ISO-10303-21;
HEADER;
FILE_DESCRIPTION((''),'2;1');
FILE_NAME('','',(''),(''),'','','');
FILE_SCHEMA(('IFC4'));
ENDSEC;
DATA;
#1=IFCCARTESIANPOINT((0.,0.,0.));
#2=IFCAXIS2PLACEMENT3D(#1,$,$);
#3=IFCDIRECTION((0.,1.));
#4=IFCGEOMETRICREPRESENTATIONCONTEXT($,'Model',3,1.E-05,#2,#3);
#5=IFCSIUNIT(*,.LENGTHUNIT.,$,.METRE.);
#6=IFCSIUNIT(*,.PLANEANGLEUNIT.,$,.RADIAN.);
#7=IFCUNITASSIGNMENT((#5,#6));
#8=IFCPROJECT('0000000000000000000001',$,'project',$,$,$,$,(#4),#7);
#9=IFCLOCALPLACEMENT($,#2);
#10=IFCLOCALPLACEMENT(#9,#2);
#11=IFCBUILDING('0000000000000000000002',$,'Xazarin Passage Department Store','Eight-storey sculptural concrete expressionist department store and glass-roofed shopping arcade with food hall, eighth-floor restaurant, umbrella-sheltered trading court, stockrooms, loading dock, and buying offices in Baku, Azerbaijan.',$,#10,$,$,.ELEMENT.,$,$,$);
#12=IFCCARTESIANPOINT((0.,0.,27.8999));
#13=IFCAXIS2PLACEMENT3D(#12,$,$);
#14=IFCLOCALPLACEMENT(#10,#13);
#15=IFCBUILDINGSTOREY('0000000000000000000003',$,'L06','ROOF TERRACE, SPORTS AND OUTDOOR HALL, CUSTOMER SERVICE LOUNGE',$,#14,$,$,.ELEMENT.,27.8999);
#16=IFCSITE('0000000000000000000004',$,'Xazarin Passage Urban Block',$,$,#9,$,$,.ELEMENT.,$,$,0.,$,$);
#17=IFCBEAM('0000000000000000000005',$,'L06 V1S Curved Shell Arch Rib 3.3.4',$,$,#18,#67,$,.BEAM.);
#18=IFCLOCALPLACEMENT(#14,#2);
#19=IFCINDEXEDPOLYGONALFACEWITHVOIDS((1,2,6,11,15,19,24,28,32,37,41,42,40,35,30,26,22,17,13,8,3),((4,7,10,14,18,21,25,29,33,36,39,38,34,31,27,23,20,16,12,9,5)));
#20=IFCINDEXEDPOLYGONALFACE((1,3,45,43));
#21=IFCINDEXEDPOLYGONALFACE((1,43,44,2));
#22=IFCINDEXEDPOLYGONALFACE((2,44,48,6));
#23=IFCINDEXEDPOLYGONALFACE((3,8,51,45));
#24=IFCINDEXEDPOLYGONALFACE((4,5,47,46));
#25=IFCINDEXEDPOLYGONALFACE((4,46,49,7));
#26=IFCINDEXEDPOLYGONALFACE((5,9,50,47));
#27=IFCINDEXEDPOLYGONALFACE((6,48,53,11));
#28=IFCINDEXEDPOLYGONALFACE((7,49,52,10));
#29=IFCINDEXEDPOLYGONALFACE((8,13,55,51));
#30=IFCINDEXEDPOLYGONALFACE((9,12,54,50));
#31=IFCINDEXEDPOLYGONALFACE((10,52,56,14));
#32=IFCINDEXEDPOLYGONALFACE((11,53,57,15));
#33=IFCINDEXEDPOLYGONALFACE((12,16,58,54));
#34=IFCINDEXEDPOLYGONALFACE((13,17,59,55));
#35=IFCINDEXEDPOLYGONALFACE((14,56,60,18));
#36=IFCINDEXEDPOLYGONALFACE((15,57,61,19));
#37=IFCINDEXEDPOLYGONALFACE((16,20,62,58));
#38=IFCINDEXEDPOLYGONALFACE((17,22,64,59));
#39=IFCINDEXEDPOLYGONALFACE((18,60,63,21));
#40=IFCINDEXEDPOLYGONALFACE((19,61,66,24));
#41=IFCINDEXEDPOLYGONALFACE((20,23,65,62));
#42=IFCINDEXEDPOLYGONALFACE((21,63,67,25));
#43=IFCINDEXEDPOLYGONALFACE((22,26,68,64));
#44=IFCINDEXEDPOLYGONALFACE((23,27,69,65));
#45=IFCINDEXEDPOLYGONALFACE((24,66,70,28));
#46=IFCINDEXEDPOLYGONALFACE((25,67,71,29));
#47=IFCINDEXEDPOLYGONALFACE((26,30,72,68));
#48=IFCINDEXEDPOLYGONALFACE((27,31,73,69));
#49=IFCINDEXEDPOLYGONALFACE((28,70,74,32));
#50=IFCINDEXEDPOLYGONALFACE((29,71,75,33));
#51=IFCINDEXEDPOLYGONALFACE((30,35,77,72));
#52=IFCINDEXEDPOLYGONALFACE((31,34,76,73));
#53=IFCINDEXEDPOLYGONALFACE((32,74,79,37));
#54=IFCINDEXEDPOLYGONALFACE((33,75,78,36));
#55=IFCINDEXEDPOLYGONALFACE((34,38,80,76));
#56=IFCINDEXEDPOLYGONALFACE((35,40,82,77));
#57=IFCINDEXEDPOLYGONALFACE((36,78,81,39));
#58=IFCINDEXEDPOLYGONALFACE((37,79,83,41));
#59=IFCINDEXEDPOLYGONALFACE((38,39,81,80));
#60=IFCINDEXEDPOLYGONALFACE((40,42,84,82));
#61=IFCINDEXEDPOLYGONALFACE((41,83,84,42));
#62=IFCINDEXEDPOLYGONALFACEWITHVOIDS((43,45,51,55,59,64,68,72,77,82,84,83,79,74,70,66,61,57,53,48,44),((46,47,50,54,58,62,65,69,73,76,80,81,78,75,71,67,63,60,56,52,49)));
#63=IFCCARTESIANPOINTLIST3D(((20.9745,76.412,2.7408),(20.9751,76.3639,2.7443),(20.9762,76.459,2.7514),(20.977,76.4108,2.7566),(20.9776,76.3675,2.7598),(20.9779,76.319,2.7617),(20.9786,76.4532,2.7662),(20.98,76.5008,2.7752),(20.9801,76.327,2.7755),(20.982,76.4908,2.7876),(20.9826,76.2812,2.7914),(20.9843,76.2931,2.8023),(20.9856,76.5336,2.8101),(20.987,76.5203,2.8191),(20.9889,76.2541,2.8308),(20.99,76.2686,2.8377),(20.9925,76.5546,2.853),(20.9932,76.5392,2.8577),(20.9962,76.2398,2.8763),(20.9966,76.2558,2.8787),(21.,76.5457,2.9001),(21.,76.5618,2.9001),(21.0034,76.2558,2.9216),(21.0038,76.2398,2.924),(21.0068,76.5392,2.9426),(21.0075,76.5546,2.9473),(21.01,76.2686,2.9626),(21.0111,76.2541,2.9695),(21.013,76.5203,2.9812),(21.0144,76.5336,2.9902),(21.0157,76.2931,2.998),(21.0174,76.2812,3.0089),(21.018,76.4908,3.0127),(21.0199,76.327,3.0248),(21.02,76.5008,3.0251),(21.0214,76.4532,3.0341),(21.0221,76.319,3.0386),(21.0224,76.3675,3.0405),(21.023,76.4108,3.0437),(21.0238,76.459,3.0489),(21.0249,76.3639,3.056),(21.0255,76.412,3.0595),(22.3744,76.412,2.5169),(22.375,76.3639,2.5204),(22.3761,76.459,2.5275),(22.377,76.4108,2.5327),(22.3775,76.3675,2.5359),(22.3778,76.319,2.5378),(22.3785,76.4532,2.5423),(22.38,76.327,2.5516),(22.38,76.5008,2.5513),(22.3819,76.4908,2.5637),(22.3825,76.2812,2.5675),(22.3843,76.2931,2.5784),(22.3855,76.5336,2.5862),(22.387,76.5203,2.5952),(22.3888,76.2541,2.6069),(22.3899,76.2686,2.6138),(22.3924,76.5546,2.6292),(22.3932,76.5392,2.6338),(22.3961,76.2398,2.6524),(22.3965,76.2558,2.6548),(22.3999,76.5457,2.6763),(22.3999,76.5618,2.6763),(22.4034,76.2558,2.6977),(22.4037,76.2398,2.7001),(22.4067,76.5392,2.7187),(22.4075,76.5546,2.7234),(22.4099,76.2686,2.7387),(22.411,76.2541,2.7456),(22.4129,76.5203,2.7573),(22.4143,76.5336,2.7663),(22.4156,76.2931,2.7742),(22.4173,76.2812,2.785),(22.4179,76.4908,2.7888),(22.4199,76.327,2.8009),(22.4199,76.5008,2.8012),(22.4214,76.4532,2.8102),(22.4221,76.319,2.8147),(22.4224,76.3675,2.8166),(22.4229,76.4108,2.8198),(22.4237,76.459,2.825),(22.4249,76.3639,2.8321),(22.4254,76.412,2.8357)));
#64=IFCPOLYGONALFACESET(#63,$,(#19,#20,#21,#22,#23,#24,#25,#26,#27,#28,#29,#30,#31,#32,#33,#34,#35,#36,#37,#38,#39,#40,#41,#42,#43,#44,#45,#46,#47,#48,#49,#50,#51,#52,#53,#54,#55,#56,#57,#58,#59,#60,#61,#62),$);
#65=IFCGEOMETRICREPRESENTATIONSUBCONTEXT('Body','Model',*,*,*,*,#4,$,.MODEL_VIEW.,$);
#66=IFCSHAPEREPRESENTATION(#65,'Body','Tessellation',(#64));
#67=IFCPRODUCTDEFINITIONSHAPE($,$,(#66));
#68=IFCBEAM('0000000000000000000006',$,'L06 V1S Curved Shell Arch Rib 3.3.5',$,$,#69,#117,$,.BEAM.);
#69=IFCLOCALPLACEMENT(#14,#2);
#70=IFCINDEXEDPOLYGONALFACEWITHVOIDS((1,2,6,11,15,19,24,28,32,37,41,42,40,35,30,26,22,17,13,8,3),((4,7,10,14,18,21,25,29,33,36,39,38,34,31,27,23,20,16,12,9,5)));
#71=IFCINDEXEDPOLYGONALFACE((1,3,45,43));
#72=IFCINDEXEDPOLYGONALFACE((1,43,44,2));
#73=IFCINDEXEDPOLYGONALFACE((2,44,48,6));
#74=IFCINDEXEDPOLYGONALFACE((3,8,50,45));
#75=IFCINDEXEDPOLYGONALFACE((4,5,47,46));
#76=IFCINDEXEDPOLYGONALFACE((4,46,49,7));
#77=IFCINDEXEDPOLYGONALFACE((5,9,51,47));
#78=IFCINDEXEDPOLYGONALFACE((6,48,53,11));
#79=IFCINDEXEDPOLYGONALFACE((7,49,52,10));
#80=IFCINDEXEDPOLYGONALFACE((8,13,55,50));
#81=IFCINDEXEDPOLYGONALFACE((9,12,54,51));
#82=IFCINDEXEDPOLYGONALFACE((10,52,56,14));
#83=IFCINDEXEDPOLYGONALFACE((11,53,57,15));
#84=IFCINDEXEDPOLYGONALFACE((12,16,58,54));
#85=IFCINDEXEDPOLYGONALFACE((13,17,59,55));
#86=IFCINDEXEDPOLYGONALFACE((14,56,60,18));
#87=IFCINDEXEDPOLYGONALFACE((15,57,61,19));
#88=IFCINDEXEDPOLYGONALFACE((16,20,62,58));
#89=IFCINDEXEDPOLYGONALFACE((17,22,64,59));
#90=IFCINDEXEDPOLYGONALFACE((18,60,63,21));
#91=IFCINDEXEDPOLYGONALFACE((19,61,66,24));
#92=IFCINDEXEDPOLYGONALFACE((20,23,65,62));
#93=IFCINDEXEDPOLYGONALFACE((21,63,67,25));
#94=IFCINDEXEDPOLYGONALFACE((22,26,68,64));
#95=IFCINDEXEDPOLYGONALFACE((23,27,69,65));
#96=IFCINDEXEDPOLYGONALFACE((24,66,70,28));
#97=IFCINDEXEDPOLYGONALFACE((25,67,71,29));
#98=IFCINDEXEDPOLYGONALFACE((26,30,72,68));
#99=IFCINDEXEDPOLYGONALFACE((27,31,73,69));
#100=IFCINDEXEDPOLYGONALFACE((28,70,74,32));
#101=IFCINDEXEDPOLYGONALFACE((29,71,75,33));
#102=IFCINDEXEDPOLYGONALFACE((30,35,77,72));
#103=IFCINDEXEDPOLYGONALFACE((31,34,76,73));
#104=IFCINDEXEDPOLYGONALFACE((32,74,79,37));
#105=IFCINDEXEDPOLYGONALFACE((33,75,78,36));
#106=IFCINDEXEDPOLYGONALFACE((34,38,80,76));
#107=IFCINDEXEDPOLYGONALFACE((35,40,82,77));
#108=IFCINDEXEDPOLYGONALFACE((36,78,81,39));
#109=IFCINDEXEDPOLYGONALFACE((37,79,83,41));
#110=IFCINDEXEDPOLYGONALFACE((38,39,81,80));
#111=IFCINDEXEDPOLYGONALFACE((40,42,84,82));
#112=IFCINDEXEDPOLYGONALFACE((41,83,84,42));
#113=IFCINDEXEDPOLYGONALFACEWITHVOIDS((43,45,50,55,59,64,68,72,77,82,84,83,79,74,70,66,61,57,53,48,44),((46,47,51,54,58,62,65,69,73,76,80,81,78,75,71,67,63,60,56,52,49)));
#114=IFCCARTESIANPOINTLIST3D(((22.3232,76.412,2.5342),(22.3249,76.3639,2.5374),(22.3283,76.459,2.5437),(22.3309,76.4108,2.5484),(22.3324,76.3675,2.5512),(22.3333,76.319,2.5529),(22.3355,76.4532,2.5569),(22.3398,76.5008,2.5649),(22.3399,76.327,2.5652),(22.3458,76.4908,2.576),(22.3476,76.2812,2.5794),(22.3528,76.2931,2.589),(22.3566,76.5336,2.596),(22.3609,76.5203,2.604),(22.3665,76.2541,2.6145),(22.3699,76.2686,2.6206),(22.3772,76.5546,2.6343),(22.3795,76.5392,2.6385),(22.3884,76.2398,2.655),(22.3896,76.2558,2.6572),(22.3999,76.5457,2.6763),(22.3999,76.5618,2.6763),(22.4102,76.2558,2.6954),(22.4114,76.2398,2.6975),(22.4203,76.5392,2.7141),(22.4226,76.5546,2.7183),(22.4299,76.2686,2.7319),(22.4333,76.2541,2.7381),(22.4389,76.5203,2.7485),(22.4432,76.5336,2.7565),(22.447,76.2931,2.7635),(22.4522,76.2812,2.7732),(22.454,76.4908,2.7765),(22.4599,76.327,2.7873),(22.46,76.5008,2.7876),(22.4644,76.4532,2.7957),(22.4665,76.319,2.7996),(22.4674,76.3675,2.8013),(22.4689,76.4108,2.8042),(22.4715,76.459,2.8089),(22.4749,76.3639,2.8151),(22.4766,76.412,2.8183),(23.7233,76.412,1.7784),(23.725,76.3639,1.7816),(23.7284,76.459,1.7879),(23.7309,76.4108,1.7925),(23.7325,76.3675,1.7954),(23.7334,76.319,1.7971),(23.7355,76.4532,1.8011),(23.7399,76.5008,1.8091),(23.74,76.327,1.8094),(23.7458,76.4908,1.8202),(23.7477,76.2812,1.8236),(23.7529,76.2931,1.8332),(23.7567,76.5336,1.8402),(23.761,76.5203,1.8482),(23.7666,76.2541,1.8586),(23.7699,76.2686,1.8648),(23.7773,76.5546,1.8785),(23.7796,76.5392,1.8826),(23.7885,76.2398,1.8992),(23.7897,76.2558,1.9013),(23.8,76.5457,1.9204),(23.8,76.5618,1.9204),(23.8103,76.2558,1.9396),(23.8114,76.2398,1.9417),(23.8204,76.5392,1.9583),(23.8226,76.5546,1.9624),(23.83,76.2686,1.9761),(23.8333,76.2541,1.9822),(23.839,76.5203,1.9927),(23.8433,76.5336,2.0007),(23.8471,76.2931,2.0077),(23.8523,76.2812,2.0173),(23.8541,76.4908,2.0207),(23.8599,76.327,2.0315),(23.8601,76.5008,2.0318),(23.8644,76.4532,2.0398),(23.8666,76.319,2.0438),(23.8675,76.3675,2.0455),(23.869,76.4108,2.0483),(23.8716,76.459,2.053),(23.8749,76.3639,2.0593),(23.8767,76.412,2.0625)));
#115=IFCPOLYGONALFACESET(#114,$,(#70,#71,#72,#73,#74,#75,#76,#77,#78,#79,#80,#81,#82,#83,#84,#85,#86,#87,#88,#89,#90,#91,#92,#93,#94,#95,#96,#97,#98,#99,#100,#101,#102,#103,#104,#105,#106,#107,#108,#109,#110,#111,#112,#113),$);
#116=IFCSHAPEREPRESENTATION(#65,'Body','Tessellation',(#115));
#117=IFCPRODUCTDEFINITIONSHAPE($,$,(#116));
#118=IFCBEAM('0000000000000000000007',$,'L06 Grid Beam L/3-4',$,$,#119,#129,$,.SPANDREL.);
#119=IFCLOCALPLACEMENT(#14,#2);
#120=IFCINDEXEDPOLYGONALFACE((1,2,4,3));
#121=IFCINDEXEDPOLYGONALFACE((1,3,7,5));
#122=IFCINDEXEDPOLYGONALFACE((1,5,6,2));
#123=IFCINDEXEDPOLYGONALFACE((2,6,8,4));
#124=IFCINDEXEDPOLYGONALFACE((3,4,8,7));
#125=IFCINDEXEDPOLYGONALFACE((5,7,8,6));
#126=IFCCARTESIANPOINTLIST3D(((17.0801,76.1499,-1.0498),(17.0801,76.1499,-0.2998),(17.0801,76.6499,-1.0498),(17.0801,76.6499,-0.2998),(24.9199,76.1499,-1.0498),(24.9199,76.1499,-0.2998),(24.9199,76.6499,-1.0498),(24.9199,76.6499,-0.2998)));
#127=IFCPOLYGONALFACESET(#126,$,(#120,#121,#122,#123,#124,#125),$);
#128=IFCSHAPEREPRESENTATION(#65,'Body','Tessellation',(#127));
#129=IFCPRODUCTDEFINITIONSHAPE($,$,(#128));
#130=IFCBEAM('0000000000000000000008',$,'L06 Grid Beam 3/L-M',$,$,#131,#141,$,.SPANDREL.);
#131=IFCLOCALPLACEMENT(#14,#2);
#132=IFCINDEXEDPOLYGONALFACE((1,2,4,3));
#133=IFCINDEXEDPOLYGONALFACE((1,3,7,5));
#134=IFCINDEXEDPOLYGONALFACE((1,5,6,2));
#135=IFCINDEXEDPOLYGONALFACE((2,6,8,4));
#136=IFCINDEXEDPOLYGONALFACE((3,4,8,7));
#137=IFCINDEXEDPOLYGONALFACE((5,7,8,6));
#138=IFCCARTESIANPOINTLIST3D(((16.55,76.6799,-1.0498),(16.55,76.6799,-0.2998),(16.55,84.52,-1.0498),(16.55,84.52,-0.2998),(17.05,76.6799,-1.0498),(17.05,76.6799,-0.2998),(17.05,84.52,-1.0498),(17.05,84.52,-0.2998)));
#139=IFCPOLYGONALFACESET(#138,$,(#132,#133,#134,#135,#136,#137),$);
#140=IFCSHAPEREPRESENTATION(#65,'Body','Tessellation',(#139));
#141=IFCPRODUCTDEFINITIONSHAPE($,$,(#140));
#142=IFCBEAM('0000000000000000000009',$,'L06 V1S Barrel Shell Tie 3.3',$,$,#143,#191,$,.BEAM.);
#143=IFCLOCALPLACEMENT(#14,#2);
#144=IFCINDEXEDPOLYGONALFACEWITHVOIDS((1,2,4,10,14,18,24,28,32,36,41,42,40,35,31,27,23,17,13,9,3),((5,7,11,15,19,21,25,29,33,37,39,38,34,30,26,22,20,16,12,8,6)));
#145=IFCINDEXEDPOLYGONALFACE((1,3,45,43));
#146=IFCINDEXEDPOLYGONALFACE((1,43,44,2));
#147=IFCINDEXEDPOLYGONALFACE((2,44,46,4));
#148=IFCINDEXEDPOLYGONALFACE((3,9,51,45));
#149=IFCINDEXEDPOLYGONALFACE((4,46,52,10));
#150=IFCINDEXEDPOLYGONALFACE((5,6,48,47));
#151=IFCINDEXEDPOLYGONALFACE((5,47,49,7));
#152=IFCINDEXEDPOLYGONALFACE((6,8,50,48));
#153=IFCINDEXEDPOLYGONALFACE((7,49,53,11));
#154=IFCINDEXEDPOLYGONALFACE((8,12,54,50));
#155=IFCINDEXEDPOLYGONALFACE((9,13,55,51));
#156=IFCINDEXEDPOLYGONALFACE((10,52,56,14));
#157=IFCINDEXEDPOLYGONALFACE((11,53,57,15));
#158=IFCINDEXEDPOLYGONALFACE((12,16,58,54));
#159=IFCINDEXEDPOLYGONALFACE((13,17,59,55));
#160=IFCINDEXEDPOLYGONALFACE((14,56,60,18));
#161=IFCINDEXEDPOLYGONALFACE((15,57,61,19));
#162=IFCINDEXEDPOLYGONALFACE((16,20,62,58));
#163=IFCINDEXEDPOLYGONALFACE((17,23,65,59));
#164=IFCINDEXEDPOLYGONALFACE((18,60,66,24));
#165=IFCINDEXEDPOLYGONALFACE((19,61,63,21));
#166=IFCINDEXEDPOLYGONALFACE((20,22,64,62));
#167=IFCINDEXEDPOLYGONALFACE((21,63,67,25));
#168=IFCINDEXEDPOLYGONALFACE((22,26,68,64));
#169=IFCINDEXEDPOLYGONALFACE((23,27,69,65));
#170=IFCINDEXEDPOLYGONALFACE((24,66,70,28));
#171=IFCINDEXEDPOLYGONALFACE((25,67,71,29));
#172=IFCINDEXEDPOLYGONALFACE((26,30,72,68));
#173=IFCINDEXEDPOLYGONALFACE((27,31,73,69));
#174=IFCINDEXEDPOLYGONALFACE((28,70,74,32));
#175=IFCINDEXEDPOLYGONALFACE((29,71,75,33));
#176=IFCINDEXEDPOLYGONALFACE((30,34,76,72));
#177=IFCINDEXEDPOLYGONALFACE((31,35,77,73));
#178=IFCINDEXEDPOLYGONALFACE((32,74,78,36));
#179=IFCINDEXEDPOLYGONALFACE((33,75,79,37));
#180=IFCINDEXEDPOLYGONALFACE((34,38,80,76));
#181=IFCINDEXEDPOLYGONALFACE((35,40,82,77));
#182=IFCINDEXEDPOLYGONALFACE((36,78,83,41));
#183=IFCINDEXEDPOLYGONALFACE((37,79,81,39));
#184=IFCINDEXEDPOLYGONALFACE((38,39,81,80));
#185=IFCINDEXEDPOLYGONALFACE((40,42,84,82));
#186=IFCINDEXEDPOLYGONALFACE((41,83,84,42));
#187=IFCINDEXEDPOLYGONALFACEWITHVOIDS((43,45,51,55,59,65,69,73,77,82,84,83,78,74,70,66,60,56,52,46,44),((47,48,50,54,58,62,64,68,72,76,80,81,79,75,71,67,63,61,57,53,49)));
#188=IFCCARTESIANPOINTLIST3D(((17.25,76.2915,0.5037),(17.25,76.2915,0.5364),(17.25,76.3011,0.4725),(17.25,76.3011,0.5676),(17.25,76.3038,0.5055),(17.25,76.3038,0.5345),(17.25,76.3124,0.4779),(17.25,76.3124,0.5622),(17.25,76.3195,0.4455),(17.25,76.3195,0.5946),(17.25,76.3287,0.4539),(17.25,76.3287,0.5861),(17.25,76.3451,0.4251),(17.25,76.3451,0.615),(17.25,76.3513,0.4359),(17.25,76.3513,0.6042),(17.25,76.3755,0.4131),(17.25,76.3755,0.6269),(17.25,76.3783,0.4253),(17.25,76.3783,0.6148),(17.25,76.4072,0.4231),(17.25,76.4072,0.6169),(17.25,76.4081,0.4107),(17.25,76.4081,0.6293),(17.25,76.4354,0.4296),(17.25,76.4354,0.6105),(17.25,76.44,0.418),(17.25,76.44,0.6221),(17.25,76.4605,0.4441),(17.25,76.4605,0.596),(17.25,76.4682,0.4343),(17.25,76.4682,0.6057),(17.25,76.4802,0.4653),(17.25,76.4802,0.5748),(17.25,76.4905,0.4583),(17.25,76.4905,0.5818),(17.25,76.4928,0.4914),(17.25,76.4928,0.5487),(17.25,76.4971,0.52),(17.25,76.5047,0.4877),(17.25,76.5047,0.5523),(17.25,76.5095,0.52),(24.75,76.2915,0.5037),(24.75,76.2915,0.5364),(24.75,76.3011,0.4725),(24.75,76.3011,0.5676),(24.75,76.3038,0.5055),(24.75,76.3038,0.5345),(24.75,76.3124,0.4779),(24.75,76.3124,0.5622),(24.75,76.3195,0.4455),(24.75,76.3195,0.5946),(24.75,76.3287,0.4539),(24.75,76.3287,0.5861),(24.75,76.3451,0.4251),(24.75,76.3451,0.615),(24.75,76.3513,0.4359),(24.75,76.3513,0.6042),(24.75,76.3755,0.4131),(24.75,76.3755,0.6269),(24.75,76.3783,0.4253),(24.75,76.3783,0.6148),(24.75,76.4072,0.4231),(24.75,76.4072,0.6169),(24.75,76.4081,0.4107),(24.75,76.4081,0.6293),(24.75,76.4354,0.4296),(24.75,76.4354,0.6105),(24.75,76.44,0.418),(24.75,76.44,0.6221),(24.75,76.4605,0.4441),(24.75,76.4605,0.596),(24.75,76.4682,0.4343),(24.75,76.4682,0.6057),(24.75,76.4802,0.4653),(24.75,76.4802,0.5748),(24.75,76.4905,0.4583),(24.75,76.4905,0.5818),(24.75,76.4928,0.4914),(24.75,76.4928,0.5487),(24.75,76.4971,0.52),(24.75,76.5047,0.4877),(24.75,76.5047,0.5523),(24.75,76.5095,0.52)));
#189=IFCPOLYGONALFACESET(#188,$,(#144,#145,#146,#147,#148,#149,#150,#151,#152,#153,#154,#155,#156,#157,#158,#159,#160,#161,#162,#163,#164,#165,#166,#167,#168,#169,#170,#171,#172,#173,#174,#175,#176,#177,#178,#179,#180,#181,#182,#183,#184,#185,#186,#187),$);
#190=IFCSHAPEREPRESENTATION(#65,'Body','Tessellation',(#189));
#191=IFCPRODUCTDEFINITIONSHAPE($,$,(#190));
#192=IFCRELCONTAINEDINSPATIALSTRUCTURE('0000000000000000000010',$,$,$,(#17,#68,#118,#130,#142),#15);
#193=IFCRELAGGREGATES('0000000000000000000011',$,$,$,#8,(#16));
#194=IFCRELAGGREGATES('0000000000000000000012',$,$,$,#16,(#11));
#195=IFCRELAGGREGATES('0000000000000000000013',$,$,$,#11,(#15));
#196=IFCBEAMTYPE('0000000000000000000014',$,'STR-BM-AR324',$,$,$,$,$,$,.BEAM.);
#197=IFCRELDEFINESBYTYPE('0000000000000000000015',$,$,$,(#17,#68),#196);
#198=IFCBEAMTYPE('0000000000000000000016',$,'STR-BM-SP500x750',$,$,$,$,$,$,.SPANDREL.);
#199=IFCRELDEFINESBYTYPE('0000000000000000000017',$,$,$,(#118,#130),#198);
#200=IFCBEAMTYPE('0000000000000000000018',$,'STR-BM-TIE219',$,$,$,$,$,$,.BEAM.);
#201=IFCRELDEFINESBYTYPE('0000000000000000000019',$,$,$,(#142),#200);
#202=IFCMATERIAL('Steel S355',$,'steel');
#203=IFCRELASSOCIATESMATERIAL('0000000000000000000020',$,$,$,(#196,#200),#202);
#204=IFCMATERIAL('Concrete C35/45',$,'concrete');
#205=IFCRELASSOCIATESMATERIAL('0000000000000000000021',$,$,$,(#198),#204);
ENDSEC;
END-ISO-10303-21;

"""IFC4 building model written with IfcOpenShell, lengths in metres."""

from ifc_helpers import new_model, si_unit, direction, frame, origin, origin_2d, place, context, subcontext, project, spatial, rectangle, hollow_circle, extrude, material, material_profile, profile_set, type_object, element, save


model = new_model("IFC4")

# Units and contexts
model_context = context("Model", 3, precision=1e-05, world=origin(), true_north=direction((0.0, 1.0)))
body_context = subcontext(model_context, "Body", "Model", "MODEL_VIEW")
ifc_project = project(units=[si_unit("LENGTHUNIT", "METRE"), si_unit("PLANEANGLEUNIT", "RADIAN")], contexts=[model_context])

# Site, building, storey
site_placement = place(None, origin())
site = spatial("IfcSite", under=ifc_project, at=site_placement, Name="Xazarin Passage Urban Block", CompositionType="ELEMENT", RefElevation=0.0)
building_placement = place(site_placement, origin())
building = spatial("IfcBuilding", under=site, at=building_placement, Name="Xazarin Passage Department Store", Description="Eight-storey sculptural concrete expressionist department store and glass-roofed shopping arcade with food hall, eighth-floor restaurant, umbrella-sheltered trading court, stockrooms, loading dock, and buying offices in Baku, Azerbaijan.", CompositionType="ELEMENT")
storey_placement = place(building_placement, frame((0.0, 0.0, 27.8999)))
storey = spatial("IfcBuildingStorey", under=building, at=storey_placement, Name="L06", Description="ROOF TERRACE, SPORTS AND OUTDOOR HALL, CUSTOMER SERVICE LOUNGE", CompositionType="ELEMENT", Elevation=27.8999)

# Beams
ifc_material_1 = material(Name="Steel S355", Category="steel")
ifc_material_profile_1 = material_profile(ifc_material_1, hollow_circle(Radius=0.1619, WallThickness=0.0161, at=origin_2d()), Name="CHS 323.9x16")
ifc_profile_set_1 = profile_set([ifc_material_profile_1], Name="Steel S355")
beam_type_1 = type_object("IfcBeamType", Name="STR-BM-AR324", PredefinedType="BEAM", material=ifc_profile_set_1)
for number, where, z_axis, x_axis, name in (
    (1, (21.0, 76.3999, 2.9001), (0.987452, 0.0, -0.157917), (0.0, 1.0, 0.0), "L06 V1S Curved Shell Arch Rib 3.3.4"),
):
    element("IfcBeam", number, at=place(storey_placement, frame(where, z_axis=z_axis, x_axis=x_axis)), inside=storey, type_object=beam_type_1, Name=name, PredefinedType="BEAM", context=body_context, shape_type="SweptSolid", body=[
        extrude(hollow_circle(Radius=0.1619, WallThickness=0.0161, at=origin_2d()), origin(), (0.0, 0.0, 1.0), 1.4177),
    ])
beam_1_placement = place(storey_placement, frame((22.3999, 76.3999, 2.6763), z_axis=(0.879963, 0.0, -0.475042), x_axis=(0.0, 1.0, 0.0)))
element("IfcBeam", 2, at=beam_1_placement, inside=storey, type_object=beam_type_1, Name="L06 V1S Curved Shell Arch Rib 3.3.5", PredefinedType="BEAM", context=body_context, shape_type="SweptSolid", body=[
    extrude(hollow_circle(Radius=0.1619, WallThickness=0.0161, at=origin_2d()), origin(), (0.0, 0.0, 1.0), 1.5911),
])
ifc_material_2 = material(Name="Concrete C35/45", Category="concrete")
ifc_material_profile_2 = material_profile(ifc_material_2, rectangle(XDim=0.5, YDim=0.75, at=origin_2d()), Name="RC 500x750")
ifc_profile_set_2 = profile_set([ifc_material_profile_2], Name="Concrete C35/45")
beam_type_2 = type_object("IfcBeamType", Name="STR-BM-SP500x750", PredefinedType="SPANDREL", material=ifc_profile_set_2)
beam_2_placement = place(storey_placement, frame((17.0801, 76.3999, -0.6748), z_axis=(1.0, 0.0, 0.0), x_axis=(0.0, 1.0, 0.0)))
element("IfcBeam", 3, at=beam_2_placement, inside=storey, type_object=beam_type_2, Name="L06 Grid Beam L/3-4", PredefinedType="SPANDREL", context=body_context, shape_type="SweptSolid", body=[
    extrude(rectangle(XDim=0.5, YDim=0.75, at=origin_2d()), origin(), (0.0, 0.0, 1.0), 7.8398),
])
beam_3_placement = place(storey_placement, frame((16.8, 76.6799, -0.6748), z_axis=(0.0, 1.0, 0.0), x_axis=(-1.0, 0.0, 0.0)))
element("IfcBeam", 4, at=beam_3_placement, inside=storey, type_object=beam_type_2, Name="L06 Grid Beam 3/L-M", PredefinedType="SPANDREL", context=body_context, shape_type="SweptSolid", body=[
    extrude(rectangle(XDim=0.5, YDim=0.75, at=origin_2d()), origin(), (0.0, 0.0, 1.0), 7.8401),
])
ifc_material_profile_3 = material_profile(ifc_material_1, hollow_circle(Radius=0.1096, WallThickness=0.0125, at=origin_2d()), Name="CHS 219.1x12.5")
ifc_profile_set_3 = profile_set([ifc_material_profile_3], Name="Steel S355")
beam_type_3 = type_object("IfcBeamType", Name="STR-BM-TIE219", PredefinedType="BEAM", material=ifc_profile_set_3)
beam_4_placement = place(storey_placement, frame((17.25, 76.3999, 0.52), z_axis=(1.0, 0.0, 0.0), x_axis=(0.0, 1.0, 0.0)))
element("IfcBeam", 5, at=beam_4_placement, inside=storey, type_object=beam_type_3, Name="L06 V1S Barrel Shell Tie 3.3", PredefinedType="BEAM", context=body_context, shape_type="SweptSolid", body=[
    extrude(hollow_circle(Radius=0.1096, WallThickness=0.0125, at=origin_2d()), origin(), (0.0, 0.0, 1.0), 7.5),
])

save(model, "model.ifc")
